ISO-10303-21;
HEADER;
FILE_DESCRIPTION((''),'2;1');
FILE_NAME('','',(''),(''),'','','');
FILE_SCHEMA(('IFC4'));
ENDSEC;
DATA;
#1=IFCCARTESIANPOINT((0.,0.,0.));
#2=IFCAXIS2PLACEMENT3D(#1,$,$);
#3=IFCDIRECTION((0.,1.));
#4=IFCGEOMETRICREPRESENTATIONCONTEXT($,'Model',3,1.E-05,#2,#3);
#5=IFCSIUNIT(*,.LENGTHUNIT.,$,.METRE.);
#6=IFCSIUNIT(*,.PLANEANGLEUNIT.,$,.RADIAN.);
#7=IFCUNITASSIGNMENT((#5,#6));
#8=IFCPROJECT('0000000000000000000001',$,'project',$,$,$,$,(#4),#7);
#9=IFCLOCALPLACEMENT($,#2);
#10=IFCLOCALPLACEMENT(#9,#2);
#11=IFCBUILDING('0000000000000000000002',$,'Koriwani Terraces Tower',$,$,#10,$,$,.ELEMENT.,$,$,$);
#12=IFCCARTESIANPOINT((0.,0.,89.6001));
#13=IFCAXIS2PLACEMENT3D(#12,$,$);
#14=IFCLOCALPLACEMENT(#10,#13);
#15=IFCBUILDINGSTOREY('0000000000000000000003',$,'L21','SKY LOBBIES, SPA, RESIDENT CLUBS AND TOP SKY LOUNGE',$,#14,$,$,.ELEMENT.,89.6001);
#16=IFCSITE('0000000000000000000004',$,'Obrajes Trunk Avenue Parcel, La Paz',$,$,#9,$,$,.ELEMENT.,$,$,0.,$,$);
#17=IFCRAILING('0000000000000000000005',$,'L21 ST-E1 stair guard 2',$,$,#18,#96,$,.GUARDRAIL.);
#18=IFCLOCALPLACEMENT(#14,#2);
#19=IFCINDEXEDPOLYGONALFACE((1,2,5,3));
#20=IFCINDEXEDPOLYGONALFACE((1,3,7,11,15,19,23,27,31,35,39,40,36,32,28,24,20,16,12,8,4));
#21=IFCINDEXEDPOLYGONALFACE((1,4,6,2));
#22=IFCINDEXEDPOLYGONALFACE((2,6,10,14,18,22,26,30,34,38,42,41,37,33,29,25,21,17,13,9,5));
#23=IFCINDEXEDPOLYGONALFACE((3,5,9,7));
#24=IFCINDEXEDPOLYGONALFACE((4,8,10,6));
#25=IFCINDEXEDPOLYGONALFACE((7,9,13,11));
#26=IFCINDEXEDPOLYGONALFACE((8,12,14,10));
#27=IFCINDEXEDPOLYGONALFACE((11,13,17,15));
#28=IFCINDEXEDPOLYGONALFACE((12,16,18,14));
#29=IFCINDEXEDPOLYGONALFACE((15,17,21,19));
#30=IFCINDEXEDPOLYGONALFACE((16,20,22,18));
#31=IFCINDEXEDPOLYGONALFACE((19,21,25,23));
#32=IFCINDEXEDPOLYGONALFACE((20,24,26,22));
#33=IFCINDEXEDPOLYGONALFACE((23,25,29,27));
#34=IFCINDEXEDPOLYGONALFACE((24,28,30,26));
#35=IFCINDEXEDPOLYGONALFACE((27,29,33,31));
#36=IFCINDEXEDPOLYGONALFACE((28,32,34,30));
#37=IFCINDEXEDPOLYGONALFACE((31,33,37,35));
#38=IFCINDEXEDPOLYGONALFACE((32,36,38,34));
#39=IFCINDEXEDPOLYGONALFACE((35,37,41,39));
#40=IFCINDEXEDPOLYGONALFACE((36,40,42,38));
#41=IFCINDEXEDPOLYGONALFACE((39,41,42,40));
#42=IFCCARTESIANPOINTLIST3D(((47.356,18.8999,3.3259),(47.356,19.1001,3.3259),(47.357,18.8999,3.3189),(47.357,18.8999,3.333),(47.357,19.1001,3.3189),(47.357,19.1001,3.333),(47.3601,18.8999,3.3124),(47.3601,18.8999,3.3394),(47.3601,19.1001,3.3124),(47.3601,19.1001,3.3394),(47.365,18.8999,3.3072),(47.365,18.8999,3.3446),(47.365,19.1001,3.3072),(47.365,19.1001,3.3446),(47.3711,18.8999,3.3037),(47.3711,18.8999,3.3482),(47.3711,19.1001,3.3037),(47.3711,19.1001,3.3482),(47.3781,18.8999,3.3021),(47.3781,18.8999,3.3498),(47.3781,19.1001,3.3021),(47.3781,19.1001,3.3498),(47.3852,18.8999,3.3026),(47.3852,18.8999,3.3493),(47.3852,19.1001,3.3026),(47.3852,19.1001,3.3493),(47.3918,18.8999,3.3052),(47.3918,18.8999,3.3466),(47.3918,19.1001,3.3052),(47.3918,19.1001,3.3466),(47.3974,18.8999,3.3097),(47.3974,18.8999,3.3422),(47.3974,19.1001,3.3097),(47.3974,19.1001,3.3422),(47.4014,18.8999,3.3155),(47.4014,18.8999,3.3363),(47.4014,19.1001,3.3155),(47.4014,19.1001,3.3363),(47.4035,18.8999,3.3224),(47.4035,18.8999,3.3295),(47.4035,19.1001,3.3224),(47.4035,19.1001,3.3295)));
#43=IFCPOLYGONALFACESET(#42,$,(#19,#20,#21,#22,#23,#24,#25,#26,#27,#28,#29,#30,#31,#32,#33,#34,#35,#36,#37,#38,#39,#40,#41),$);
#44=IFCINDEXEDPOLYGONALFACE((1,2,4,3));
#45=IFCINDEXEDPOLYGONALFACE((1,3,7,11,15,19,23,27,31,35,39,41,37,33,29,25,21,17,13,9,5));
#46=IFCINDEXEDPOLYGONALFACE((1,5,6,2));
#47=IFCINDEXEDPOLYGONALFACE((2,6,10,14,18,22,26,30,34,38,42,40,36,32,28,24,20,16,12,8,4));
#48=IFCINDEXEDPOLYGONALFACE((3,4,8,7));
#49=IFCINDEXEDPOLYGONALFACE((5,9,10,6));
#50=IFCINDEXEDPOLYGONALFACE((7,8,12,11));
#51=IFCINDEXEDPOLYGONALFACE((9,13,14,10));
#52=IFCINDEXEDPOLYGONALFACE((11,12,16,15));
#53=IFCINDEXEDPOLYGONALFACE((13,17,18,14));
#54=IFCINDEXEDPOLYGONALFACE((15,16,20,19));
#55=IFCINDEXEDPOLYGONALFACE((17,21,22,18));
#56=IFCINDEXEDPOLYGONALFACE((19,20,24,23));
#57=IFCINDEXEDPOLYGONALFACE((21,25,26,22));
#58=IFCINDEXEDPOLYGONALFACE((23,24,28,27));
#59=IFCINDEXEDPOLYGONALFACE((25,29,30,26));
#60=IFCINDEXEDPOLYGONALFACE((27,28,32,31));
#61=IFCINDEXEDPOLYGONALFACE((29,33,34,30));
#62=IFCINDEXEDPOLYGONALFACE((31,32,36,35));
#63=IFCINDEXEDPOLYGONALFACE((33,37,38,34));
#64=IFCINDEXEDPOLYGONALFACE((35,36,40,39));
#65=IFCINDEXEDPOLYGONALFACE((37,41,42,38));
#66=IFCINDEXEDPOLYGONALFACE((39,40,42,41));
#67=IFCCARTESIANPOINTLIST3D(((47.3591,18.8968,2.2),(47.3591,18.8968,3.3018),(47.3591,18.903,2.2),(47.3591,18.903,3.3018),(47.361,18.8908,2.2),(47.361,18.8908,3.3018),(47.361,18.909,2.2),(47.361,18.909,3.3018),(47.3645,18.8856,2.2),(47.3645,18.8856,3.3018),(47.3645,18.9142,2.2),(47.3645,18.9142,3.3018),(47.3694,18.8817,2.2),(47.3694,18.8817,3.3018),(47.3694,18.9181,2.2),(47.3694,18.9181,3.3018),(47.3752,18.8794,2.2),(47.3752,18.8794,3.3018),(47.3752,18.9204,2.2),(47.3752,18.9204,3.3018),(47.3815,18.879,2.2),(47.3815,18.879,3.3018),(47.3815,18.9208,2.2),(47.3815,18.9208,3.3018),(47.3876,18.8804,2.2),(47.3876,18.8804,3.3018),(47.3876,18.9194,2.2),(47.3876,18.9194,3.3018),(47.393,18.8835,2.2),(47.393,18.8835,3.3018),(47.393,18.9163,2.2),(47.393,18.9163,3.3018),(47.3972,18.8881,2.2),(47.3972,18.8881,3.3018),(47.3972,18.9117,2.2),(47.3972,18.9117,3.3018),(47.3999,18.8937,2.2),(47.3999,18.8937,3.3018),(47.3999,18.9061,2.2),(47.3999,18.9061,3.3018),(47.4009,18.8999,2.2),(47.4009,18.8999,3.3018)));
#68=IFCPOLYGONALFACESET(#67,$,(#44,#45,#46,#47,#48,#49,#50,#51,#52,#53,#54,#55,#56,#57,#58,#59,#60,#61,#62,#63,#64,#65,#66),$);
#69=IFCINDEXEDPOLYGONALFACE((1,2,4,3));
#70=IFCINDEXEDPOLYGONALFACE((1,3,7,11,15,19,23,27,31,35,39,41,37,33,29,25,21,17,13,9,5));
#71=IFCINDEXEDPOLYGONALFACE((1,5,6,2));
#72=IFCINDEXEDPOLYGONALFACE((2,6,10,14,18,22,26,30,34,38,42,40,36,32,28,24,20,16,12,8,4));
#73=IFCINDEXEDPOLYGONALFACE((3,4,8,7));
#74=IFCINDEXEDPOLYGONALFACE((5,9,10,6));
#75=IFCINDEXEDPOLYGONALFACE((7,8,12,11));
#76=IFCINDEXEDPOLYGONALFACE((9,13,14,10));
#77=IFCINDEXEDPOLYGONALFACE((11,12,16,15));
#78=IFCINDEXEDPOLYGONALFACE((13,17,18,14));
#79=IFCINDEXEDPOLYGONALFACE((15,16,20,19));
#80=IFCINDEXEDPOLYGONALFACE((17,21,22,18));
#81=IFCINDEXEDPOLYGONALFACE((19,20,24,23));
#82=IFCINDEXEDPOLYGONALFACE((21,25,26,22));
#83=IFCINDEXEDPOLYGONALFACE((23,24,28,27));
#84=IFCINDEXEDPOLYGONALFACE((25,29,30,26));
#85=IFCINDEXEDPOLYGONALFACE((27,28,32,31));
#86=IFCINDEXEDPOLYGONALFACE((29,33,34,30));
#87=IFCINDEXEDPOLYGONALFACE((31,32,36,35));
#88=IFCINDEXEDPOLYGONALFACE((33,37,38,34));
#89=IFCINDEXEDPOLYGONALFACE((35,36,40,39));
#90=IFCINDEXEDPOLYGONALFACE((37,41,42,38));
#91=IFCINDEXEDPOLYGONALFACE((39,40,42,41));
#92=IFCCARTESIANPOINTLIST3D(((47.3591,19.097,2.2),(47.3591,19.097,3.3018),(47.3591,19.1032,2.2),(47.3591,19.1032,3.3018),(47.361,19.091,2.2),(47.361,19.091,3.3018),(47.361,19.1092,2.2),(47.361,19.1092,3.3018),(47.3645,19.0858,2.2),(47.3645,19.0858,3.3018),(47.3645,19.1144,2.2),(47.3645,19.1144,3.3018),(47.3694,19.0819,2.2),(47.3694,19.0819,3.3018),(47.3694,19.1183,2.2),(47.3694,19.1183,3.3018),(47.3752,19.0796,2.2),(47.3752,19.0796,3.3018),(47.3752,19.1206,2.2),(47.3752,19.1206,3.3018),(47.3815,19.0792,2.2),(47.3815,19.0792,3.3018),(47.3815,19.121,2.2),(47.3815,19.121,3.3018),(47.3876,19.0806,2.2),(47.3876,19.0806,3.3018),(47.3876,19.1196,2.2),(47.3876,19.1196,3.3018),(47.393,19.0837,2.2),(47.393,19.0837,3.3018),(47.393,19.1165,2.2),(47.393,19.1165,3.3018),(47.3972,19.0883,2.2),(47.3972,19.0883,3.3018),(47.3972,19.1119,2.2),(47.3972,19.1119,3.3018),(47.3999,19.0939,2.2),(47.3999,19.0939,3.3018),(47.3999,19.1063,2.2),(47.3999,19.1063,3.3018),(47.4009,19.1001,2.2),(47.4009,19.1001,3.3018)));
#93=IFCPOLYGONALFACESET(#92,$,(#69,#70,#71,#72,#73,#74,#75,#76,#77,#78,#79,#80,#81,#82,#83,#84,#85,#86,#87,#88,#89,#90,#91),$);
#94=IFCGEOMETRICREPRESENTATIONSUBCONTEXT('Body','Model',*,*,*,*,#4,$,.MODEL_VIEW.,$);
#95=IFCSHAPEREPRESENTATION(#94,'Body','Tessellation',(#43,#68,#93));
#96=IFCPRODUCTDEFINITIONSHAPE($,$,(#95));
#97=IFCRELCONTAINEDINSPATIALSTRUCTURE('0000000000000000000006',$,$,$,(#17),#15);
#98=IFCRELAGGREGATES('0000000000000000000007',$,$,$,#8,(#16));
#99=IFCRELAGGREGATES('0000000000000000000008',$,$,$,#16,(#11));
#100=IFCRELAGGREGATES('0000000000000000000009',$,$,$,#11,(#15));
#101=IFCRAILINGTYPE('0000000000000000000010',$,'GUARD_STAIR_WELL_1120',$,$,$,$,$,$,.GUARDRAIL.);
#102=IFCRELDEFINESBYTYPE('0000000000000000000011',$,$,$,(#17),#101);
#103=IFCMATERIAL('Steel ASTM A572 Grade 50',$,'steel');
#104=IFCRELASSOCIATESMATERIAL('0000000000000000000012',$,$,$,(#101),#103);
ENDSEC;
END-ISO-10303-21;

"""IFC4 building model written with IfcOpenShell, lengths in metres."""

from ifc_helpers import new_model, si_unit, direction, frame, origin, origin_2d, place, context, subcontext, project, spatial, circle, extrude, material, type_object, element, save


model = new_model("IFC4")

# Units and contexts
model_context = context("Model", 3, precision=1e-05, world=origin(), true_north=direction((0.0, 1.0)))
body_context = subcontext(model_context, "Body", "Model", "MODEL_VIEW")
ifc_project = project(units=[si_unit("LENGTHUNIT", "METRE"), si_unit("PLANEANGLEUNIT", "RADIAN")], contexts=[model_context])

# Site, building, storey
site_placement = place(None, origin())
site = spatial("IfcSite", under=ifc_project, at=site_placement, Name="Obrajes Trunk Avenue Parcel, La Paz", CompositionType="ELEMENT", RefElevation=0.0)
building_placement = place(site_placement, origin())
building = spatial("IfcBuilding", under=site, at=building_placement, Name="Koriwani Terraces Tower", CompositionType="ELEMENT")
storey_placement = place(building_placement, frame((0.0, 0.0, 89.6001)))
storey = spatial("IfcBuildingStorey", under=building, at=storey_placement, Name="L21", Description="SKY LOBBIES, SPA, RESIDENT CLUBS AND TOP SKY LOUNGE", CompositionType="ELEMENT", Elevation=89.6001)

# Shared definitions
ifc_material_1 = material(Name="Steel ASTM A572 Grade 50", Category="steel")

# Railing
railing_type_1 = type_object("IfcRailingType", Name="GUARD_STAIR_WELL_1120", PredefinedType="GUARDRAIL", material=ifc_material_1)
railing_1_placement = place(storey_placement, frame((47.3799, 18.8999, 2.2)))
element("IfcRailing", 1, at=railing_1_placement, inside=storey, type_object=railing_type_1, Name="L21 ST-E1 stair guard 2", PredefinedType="GUARDRAIL", context=body_context, shape_type="SweptSolid", body=[
    extrude(circle(Radius=0.0239, at=origin_2d()), frame((0.0, 0.0, 1.126), z_axis=(0.0, 1.0, 0.0), x_axis=(-1.0, 0.0, 0.0)), (0.0, 0.0, 1.0), 0.2002),
    extrude(circle(Radius=0.021, at=origin_2d()), origin(), (0.0, 0.0, 1.0), 1.1018),
    extrude(circle(Radius=0.021, at=origin_2d()), frame((0.0, 0.2002, 0.0)), (0.0, 0.0, 1.0), 1.1018),
])

save(model, "model.ifc")
